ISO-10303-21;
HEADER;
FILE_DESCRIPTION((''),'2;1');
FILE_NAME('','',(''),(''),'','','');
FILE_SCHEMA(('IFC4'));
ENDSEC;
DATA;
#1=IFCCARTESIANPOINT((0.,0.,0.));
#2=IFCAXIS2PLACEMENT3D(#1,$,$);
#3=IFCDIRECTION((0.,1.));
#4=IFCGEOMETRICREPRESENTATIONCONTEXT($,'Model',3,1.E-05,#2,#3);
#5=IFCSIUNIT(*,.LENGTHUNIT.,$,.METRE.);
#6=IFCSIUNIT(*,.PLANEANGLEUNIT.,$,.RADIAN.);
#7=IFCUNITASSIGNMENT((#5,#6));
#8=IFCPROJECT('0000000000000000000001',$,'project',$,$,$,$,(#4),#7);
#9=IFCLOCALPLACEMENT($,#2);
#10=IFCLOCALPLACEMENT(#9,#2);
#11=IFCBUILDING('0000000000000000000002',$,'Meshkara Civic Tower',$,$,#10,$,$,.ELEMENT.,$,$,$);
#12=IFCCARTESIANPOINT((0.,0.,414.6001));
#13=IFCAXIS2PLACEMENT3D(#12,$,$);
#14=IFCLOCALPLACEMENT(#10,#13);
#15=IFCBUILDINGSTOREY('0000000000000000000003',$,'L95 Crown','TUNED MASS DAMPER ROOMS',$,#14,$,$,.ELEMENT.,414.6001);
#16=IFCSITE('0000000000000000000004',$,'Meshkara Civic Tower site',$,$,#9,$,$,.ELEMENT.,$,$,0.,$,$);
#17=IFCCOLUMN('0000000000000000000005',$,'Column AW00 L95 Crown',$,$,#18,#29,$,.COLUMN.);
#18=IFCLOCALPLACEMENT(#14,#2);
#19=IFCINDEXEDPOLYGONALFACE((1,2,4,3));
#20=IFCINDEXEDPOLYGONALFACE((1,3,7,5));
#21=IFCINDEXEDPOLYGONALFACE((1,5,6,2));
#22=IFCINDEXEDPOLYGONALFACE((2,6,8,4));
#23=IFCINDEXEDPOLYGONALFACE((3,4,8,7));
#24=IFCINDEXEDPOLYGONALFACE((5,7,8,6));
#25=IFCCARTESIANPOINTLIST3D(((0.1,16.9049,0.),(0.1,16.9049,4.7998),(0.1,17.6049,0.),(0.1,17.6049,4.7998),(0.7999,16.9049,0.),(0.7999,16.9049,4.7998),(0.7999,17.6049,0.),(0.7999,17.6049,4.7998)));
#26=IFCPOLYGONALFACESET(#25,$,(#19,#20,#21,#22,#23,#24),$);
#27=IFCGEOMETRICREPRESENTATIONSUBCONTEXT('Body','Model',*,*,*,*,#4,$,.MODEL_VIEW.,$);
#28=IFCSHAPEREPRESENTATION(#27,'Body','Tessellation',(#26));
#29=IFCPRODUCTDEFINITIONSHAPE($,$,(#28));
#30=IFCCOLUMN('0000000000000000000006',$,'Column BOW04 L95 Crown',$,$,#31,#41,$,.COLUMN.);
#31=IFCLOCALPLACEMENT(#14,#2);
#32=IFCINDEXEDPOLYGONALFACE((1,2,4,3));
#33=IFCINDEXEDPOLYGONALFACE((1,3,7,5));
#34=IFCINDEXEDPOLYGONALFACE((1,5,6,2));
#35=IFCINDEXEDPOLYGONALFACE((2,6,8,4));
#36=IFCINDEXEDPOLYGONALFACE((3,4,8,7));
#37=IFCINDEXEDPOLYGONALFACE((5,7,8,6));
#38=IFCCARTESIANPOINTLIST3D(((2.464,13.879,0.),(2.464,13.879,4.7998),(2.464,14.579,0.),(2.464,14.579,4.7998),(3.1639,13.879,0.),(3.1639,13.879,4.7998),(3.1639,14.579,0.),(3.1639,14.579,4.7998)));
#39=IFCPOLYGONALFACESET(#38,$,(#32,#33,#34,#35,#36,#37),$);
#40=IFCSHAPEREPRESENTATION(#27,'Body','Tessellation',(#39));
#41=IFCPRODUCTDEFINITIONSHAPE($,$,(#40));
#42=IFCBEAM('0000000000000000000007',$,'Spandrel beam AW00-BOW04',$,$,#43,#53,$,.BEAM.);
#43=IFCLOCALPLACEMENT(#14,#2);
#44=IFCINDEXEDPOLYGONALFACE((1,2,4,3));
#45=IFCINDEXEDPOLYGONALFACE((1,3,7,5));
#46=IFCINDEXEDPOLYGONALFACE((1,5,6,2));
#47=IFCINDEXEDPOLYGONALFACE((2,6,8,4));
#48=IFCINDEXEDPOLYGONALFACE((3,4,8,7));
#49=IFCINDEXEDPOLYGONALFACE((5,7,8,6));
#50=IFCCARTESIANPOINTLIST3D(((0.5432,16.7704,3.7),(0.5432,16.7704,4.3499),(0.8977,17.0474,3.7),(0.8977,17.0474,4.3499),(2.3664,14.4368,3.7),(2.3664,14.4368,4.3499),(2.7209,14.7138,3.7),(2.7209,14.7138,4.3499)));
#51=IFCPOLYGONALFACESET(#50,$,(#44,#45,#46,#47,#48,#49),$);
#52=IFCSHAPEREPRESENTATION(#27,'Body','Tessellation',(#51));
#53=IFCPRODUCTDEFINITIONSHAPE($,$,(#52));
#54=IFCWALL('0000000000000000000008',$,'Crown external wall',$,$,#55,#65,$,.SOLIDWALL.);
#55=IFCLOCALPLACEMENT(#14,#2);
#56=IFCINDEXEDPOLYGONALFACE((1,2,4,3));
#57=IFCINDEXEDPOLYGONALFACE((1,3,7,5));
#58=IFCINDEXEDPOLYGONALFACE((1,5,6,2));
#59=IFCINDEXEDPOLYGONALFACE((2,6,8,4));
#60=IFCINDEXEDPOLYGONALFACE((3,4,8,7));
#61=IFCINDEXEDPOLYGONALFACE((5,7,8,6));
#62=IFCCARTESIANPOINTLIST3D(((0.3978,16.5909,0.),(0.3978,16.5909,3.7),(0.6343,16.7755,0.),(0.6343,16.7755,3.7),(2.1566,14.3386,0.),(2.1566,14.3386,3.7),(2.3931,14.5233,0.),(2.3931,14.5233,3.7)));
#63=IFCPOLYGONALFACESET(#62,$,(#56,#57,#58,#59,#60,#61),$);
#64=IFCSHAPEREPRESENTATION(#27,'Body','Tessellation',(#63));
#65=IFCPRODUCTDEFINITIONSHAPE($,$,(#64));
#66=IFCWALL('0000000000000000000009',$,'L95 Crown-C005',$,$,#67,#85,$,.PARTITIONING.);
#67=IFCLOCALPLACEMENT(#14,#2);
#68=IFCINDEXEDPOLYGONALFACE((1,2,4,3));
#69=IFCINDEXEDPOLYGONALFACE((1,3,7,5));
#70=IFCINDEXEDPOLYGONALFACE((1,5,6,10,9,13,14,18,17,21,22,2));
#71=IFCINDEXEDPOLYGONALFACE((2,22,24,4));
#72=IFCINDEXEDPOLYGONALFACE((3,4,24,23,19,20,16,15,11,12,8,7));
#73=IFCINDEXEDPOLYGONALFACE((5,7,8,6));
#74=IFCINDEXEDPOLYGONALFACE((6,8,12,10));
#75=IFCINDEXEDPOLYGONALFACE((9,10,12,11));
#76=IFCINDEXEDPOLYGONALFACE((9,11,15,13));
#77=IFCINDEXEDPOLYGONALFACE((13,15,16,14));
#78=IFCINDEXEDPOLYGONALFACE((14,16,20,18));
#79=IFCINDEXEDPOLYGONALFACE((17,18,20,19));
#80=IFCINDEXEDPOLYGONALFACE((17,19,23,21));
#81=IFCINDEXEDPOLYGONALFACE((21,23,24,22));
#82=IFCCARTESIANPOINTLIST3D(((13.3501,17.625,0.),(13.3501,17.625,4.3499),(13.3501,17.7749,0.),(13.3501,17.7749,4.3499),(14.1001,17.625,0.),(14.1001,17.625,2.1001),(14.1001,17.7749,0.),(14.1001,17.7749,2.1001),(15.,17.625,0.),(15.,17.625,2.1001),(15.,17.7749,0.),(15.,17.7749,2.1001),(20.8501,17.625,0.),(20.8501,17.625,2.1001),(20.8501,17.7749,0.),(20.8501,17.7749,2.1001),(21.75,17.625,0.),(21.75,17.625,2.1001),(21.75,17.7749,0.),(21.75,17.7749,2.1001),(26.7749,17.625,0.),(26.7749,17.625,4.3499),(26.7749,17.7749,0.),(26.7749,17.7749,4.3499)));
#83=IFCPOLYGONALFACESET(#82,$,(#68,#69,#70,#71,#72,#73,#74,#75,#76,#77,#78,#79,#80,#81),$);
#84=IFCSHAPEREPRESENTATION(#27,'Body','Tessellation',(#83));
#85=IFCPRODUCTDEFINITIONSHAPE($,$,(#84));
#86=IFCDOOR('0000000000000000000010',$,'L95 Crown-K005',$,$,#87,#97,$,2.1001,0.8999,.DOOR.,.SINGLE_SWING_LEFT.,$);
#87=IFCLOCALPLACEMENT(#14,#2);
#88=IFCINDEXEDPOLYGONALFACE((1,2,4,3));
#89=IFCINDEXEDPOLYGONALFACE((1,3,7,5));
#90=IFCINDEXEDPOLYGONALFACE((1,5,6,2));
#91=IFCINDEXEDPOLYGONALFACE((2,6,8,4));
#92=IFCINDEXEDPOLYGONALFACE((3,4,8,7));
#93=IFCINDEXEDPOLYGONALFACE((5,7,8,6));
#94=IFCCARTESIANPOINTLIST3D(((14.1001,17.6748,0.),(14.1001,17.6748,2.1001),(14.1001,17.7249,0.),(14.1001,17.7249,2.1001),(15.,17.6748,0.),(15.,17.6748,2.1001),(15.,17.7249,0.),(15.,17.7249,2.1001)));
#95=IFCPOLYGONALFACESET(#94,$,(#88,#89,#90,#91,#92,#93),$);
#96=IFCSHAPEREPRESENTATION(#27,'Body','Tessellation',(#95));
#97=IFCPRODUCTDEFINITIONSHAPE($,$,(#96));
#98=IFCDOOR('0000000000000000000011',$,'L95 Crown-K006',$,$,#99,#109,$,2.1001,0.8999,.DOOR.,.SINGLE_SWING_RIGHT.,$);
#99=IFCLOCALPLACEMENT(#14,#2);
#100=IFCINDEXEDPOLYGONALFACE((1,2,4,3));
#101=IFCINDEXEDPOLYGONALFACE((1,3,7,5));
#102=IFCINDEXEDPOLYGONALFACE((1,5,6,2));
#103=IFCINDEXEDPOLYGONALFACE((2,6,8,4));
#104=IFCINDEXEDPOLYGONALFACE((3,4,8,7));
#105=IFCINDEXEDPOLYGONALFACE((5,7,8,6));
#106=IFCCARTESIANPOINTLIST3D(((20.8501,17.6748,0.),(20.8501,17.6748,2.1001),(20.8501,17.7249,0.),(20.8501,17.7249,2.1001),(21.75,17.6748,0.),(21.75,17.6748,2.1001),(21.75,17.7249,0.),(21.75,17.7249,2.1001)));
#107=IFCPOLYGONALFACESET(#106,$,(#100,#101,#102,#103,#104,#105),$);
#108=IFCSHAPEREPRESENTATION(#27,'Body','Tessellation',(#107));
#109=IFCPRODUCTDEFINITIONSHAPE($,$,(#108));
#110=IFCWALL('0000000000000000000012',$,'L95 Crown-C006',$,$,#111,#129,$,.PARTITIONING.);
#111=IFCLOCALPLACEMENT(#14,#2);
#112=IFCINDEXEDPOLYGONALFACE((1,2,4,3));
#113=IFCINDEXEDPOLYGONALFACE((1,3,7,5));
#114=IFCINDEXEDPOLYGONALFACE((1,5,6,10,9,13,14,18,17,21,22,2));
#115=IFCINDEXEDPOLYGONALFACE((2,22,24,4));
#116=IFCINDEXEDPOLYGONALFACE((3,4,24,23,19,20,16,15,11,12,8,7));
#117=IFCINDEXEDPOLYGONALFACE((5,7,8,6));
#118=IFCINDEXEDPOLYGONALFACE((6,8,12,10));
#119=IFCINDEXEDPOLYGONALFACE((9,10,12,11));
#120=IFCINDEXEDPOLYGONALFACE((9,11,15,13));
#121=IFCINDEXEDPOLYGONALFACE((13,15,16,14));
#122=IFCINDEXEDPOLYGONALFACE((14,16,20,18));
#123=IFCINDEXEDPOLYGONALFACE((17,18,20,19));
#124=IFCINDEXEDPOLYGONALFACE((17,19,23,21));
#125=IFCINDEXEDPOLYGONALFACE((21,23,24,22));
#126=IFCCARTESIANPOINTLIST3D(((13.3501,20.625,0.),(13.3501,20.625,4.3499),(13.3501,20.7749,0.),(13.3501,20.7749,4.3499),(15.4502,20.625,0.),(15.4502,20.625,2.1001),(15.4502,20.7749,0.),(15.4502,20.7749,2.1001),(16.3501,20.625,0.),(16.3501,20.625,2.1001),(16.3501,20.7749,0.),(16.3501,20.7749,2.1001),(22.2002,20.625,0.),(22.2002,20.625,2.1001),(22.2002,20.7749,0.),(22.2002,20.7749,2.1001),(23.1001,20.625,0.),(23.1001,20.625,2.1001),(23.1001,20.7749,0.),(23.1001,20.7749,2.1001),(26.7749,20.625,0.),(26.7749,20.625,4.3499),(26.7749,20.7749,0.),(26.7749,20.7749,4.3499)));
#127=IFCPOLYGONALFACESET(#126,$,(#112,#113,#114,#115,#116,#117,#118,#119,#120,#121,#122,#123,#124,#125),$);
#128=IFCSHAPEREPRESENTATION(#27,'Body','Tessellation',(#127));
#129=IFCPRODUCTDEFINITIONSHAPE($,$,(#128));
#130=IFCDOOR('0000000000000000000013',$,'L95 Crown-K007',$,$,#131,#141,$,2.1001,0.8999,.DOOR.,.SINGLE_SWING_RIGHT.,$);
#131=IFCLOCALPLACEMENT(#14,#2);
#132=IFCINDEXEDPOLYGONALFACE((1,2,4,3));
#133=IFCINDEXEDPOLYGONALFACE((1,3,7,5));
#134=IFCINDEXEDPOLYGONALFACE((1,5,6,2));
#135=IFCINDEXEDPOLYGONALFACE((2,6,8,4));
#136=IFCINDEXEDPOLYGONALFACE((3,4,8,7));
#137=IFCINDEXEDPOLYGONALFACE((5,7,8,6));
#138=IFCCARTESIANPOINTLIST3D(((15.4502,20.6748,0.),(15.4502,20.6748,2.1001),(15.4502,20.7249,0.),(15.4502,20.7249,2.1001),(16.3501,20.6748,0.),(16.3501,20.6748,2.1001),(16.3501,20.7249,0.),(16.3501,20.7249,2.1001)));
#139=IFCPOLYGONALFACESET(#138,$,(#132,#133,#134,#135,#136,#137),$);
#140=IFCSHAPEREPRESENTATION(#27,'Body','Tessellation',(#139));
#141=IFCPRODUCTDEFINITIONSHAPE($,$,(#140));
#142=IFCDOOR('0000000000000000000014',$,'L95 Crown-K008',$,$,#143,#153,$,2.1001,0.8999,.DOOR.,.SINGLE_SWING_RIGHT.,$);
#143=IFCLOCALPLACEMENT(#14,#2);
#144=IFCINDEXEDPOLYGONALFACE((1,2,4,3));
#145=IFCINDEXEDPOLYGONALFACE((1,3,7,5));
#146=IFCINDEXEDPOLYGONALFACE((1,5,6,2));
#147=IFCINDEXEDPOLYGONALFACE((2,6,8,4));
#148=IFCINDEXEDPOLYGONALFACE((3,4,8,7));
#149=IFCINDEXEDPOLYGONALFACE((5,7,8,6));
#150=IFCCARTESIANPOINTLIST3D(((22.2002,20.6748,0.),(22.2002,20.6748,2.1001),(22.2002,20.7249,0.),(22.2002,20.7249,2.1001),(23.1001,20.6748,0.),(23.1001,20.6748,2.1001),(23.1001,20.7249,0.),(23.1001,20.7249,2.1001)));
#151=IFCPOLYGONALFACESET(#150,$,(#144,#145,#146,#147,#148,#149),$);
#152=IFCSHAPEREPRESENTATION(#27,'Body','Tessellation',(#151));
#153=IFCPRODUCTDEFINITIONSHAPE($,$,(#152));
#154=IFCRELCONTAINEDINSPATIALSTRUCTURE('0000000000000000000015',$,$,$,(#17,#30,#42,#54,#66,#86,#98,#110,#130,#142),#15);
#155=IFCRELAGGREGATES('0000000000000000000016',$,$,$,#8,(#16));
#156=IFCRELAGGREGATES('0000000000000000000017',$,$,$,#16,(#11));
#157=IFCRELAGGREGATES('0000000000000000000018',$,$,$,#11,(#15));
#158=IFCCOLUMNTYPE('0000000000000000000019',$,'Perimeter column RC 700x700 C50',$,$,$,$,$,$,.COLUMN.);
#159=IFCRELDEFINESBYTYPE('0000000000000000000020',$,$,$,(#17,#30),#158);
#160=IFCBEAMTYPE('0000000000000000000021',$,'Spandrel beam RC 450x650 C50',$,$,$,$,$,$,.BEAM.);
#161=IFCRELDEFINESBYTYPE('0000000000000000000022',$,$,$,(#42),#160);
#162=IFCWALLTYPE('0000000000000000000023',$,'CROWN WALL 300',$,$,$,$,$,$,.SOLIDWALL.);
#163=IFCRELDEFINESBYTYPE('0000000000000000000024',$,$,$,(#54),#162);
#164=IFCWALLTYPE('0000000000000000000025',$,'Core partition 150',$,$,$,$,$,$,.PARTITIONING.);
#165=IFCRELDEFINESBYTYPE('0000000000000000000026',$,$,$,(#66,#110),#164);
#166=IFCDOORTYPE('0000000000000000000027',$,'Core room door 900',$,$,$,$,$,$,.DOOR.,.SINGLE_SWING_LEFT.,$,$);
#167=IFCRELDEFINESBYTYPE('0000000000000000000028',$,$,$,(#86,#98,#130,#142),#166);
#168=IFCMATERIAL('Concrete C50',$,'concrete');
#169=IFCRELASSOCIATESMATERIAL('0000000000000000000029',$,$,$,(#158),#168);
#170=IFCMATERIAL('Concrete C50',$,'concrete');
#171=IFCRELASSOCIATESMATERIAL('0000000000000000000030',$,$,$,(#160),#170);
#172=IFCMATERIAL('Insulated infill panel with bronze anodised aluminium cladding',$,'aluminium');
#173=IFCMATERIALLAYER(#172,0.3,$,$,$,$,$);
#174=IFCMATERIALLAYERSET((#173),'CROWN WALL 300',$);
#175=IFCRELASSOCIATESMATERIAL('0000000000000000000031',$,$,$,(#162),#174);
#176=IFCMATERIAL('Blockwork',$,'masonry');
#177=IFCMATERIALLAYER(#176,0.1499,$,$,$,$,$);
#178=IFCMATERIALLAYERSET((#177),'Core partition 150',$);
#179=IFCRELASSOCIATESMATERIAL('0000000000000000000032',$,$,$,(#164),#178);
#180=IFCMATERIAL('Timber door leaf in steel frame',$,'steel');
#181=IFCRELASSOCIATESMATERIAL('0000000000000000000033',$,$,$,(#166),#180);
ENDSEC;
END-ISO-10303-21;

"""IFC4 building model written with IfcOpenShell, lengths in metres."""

from ifc_helpers import new_model, si_unit, direction, frame, frame_2d, origin, origin_2d, place, context, subcontext, project, spatial, rectangle, extrude, material, layer, layer_set, material_profile, profile_set, type_object, element, fill, save


model = new_model("IFC4")

# Units and contexts
model_context = context("Model", 3, precision=1e-05, world=origin(), true_north=direction((0.0, 1.0)))
body_context = subcontext(model_context, "Body", "Model", "MODEL_VIEW")
ifc_project = project(units=[si_unit("LENGTHUNIT", "METRE"), si_unit("PLANEANGLEUNIT", "RADIAN")], contexts=[model_context])

# Site, building, storey
site_placement = place(None, origin())
site = spatial("IfcSite", under=ifc_project, at=site_placement, Name="Meshkara Civic Tower site", CompositionType="ELEMENT", RefElevation=0.0)
building_placement = place(site_placement, origin())
building = spatial("IfcBuilding", under=site, at=building_placement, Name="Meshkara Civic Tower", CompositionType="ELEMENT")
storey_placement = place(building_placement, frame((0.0, 0.0, 414.6001)))
storey = spatial("IfcBuildingStorey", under=building, at=storey_placement, Name="L95 Crown", Description="TUNED MASS DAMPER ROOMS", CompositionType="ELEMENT", Elevation=414.6001)

# Columns
ifc_material_1 = material(Name="Concrete C50", Category="concrete")
ifc_material_profile_1 = material_profile(ifc_material_1, rectangle(XDim=0.7, YDim=0.7, at=origin_2d()))
ifc_profile_set_1 = profile_set([ifc_material_profile_1], Name="Concrete C50")
column_type = type_object("IfcColumnType", Name="Perimeter column RC 700x700 C50", PredefinedType="COLUMN", material=ifc_profile_set_1)
for number, where, z_axis, x_axis, name in (
    (1, (0.45, 17.2549, 0.0), (0.0, 0.0, 1.0), (1.0, 0.0, 0.0), "Column AW00 L95 Crown"),
    (2, (2.814, 14.229, 0.0), (0.0, 0.0, 1.0), (1.0, 0.0, 0.0), "Column BOW04 L95 Crown"),
):
    element("IfcColumn", number, at=place(storey_placement, frame(where, z_axis=z_axis, x_axis=x_axis)), inside=storey, type_object=column_type, Name=name, PredefinedType="COLUMN", context=body_context, shape_type="SweptSolid", body=[
        extrude(rectangle(XDim=0.7, YDim=0.7, at=origin_2d()), origin(), (0.0, 0.0, 1.0), 4.7998),
    ])

# Beam
ifc_material_2 = material(Name="Concrete C50", Category="concrete")
ifc_material_profile_2 = material_profile(ifc_material_2, rectangle(XDim=0.45, YDim=0.6499, at=origin_2d()))
ifc_profile_set_2 = profile_set([ifc_material_profile_2], Name="Concrete C50")
beam_type = type_object("IfcBeamType", Name="Spandrel beam RC 450x650 C50", PredefinedType="BEAM", material=ifc_profile_set_2)
beam_placement = place(storey_placement, frame((0.7205, 16.9089, 4.0249), z_axis=(0.615646, -0.788023, 0.0), x_axis=(0.788023, 0.615646, 0.0)))
element("IfcBeam", 3, at=beam_placement, inside=storey, type_object=beam_type, Name="Spandrel beam AW00-BOW04", PredefinedType="BEAM", context=body_context, shape_type="SweptSolid", body=[
    extrude(rectangle(XDim=0.45, YDim=0.6499, at=origin_2d()), origin(), (0.0, 0.0, 1.0), 2.9614),
])

# Wall
ifc_material_3 = material(Name="Insulated infill panel with bronze anodised aluminium cladding", Category="aluminium")
ifc_layer_1 = layer(ifc_material_3, 0.3)
ifc_layer_set_1 = layer_set([ifc_layer_1], Name="CROWN WALL 300")
wall_type_1 = type_object("IfcWallType", Name="CROWN WALL 300", PredefinedType="SOLIDWALL", material=ifc_layer_set_1)
wall_1_placement = place(storey_placement, frame((0.5161, 16.6831, 0.0), z_axis=(0.0, 0.0, 1.0), x_axis=(0.615483, -0.78815, 0.0)))
element("IfcWall", 4, at=wall_1_placement, inside=storey, type_object=wall_type_1, Name="Crown external wall", PredefinedType="SOLIDWALL", context=body_context, shape_type="SweptSolid", body=[
    extrude(rectangle(XDim=2.8577, YDim=0.3, at=frame_2d((1.4287, 0.0))), origin(), (0.0, 0.0, 1.0), 3.7),
])

# Walls, openings, doors
ifc_material_4 = material(Name="Blockwork", Category="masonry")
ifc_layer_2 = layer(ifc_material_4, 0.1499)
ifc_layer_set_2 = layer_set([ifc_layer_2], Name="Core partition 150")
wall_type_2 = type_object("IfcWallType", Name="Core partition 150", PredefinedType="PARTITIONING", material=ifc_layer_set_2)
wall_2_placement = place(storey_placement, frame((13.3501, 17.7, 0.0), z_axis=(0.0, 0.0, 1.0), x_axis=(1.0, 0.0, 0.0)))
wall_2 = element("IfcWall", 5, at=wall_2_placement, inside=storey, type_object=wall_type_2, Name="L95 Crown-C005", PredefinedType="PARTITIONING", context=body_context, shape_type="SweptSolid", body=[
    extrude(rectangle(XDim=13.4248, YDim=0.1499, at=frame_2d((6.7124, 0.0))), origin(), (0.0, 0.0, 1.0), 4.3499),
])
opening_1_placement = place(wall_2_placement, frame((0.75, 0.0, 0.0)))
opening_1 = element("IfcOpeningElement", 6, at=opening_1_placement, cuts=wall_2, PredefinedType="OPENING", context=body_context, shape_type="SweptSolid", body=[
    extrude(rectangle(XDim=0.8999, YDim=2.1001, at=frame_2d((0.45, 1.05))), frame((0.0, 0.085, 0.0), z_axis=(0.0, -1.0, 0.0), x_axis=(1.0, 0.0, 0.0)), (0.0, 0.0, 1.0), 0.1699),
])
opening_2_placement = place(wall_2_placement, frame((7.5, 0.0, 0.0)))
opening_2 = element("IfcOpeningElement", 7, at=opening_2_placement, cuts=wall_2, PredefinedType="OPENING", context=body_context, shape_type="SweptSolid", body=[
    extrude(rectangle(XDim=0.8999, YDim=2.1001, at=frame_2d((0.45, 1.05))), frame((0.0, 0.085, 0.0), z_axis=(0.0, -1.0, 0.0), x_axis=(1.0, 0.0, 0.0)), (0.0, 0.0, 1.0), 0.1699),
])
ifc_material_5 = material(Name="Timber door leaf in steel frame", Category="steel")
door_type_1 = type_object("IfcDoorType", Name="Core room door 900", OperationType="SINGLE_SWING_LEFT", PredefinedType="DOOR", material=ifc_material_5)
door_1_placement = place(opening_1_placement, origin())
door_1 = element("IfcDoor", 8, at=door_1_placement, inside=storey, type_object=door_type_1, Name="L95 Crown-K005", OperationType="SINGLE_SWING_LEFT", OverallHeight=2.1001, OverallWidth=0.8999, PredefinedType="DOOR", context=body_context, shape_type="SweptSolid", body=[
    extrude(rectangle(XDim=0.8999, YDim=2.1001, at=frame_2d((0.45, 1.05))), frame((0.0, 0.0249, 0.0), z_axis=(0.0, -1.0, 0.0), x_axis=(1.0, 0.0, 0.0)), (0.0, 0.0, 1.0), 0.05),
])
fill(opening_1, door_1)
door_2_placement = place(opening_2_placement, origin())
door_2 = element("IfcDoor", 9, at=door_2_placement, inside=storey, type_object=door_type_1, Name="L95 Crown-K006", OperationType="SINGLE_SWING_RIGHT", OverallHeight=2.1001, OverallWidth=0.8999, PredefinedType="DOOR", context=body_context, shape_type="SweptSolid", body=[
    extrude(rectangle(XDim=0.8999, YDim=2.1001, at=frame_2d((0.45, 1.05))), frame((0.0, 0.0249, 0.0), z_axis=(0.0, -1.0, 0.0), x_axis=(1.0, 0.0, 0.0)), (0.0, 0.0, 1.0), 0.05),
])
fill(opening_2, door_2)
wall_3_placement = place(storey_placement, frame((13.3501, 20.7, 0.0), z_axis=(0.0, 0.0, 1.0), x_axis=(1.0, 0.0, 0.0)))
wall_3 = element("IfcWall", 10, at=wall_3_placement, inside=storey, type_object=wall_type_2, Name="L95 Crown-C006", PredefinedType="PARTITIONING", context=body_context, shape_type="SweptSolid", body=[
    extrude(rectangle(XDim=13.4248, YDim=0.1499, at=frame_2d((6.7124, 0.0))), origin(), (0.0, 0.0, 1.0), 4.3499),
])
opening_3_placement = place(wall_3_placement, frame((2.1001, 0.0, 0.0)))
opening_3 = element("IfcOpeningElement", 11, at=opening_3_placement, cuts=wall_3, PredefinedType="OPENING", context=body_context, shape_type="SweptSolid", body=[
    extrude(rectangle(XDim=0.8999, YDim=2.1001, at=frame_2d((0.45, 1.05))), frame((0.0, 0.085, 0.0), z_axis=(0.0, -1.0, 0.0), x_axis=(1.0, 0.0, 0.0)), (0.0, 0.0, 1.0), 0.1699),
])
opening_4_placement = place(wall_3_placement, frame((8.8501, 0.0, 0.0)))
opening_4 = element("IfcOpeningElement", 12, at=opening_4_placement, cuts=wall_3, PredefinedType="OPENING", context=body_context, shape_type="SweptSolid", body=[
    extrude(rectangle(XDim=0.8999, YDim=2.1001, at=frame_2d((0.45, 1.05))), frame((0.0, 0.085, 0.0), z_axis=(0.0, -1.0, 0.0), x_axis=(1.0, 0.0, 0.0)), (0.0, 0.0, 1.0), 0.1699),
])
door_3_placement = place(opening_3_placement, origin())
door_3 = element("IfcDoor", 13, at=door_3_placement, inside=storey, type_object=door_type_1, Name="L95 Crown-K007", OperationType="SINGLE_SWING_RIGHT", OverallHeight=2.1001, OverallWidth=0.8999, PredefinedType="DOOR", context=body_context, shape_type="SweptSolid", body=[
    extrude(rectangle(XDim=0.8999, YDim=2.1001, at=frame_2d((0.45, 1.05))), frame((0.0, 0.0249, 0.0), z_axis=(0.0, -1.0, 0.0), x_axis=(1.0, 0.0, 0.0)), (0.0, 0.0, 1.0), 0.05),
])
fill(opening_3, door_3)
door_4_placement = place(opening_4_placement, origin())
door_4 = element("IfcDoor", 14, at=door_4_placement, inside=storey, type_object=door_type_1, Name="L95 Crown-K008", OperationType="SINGLE_SWING_RIGHT", OverallHeight=2.1001, OverallWidth=0.8999, PredefinedType="DOOR", context=body_context, shape_type="SweptSolid", body=[
    extrude(rectangle(XDim=0.8999, YDim=2.1001, at=frame_2d((0.45, 1.05))), frame((0.0, 0.0249, 0.0), z_axis=(0.0, -1.0, 0.0), x_axis=(1.0, 0.0, 0.0)), (0.0, 0.0, 1.0), 0.05),
])
fill(opening_4, door_4)

save(model, "model.ifc")
